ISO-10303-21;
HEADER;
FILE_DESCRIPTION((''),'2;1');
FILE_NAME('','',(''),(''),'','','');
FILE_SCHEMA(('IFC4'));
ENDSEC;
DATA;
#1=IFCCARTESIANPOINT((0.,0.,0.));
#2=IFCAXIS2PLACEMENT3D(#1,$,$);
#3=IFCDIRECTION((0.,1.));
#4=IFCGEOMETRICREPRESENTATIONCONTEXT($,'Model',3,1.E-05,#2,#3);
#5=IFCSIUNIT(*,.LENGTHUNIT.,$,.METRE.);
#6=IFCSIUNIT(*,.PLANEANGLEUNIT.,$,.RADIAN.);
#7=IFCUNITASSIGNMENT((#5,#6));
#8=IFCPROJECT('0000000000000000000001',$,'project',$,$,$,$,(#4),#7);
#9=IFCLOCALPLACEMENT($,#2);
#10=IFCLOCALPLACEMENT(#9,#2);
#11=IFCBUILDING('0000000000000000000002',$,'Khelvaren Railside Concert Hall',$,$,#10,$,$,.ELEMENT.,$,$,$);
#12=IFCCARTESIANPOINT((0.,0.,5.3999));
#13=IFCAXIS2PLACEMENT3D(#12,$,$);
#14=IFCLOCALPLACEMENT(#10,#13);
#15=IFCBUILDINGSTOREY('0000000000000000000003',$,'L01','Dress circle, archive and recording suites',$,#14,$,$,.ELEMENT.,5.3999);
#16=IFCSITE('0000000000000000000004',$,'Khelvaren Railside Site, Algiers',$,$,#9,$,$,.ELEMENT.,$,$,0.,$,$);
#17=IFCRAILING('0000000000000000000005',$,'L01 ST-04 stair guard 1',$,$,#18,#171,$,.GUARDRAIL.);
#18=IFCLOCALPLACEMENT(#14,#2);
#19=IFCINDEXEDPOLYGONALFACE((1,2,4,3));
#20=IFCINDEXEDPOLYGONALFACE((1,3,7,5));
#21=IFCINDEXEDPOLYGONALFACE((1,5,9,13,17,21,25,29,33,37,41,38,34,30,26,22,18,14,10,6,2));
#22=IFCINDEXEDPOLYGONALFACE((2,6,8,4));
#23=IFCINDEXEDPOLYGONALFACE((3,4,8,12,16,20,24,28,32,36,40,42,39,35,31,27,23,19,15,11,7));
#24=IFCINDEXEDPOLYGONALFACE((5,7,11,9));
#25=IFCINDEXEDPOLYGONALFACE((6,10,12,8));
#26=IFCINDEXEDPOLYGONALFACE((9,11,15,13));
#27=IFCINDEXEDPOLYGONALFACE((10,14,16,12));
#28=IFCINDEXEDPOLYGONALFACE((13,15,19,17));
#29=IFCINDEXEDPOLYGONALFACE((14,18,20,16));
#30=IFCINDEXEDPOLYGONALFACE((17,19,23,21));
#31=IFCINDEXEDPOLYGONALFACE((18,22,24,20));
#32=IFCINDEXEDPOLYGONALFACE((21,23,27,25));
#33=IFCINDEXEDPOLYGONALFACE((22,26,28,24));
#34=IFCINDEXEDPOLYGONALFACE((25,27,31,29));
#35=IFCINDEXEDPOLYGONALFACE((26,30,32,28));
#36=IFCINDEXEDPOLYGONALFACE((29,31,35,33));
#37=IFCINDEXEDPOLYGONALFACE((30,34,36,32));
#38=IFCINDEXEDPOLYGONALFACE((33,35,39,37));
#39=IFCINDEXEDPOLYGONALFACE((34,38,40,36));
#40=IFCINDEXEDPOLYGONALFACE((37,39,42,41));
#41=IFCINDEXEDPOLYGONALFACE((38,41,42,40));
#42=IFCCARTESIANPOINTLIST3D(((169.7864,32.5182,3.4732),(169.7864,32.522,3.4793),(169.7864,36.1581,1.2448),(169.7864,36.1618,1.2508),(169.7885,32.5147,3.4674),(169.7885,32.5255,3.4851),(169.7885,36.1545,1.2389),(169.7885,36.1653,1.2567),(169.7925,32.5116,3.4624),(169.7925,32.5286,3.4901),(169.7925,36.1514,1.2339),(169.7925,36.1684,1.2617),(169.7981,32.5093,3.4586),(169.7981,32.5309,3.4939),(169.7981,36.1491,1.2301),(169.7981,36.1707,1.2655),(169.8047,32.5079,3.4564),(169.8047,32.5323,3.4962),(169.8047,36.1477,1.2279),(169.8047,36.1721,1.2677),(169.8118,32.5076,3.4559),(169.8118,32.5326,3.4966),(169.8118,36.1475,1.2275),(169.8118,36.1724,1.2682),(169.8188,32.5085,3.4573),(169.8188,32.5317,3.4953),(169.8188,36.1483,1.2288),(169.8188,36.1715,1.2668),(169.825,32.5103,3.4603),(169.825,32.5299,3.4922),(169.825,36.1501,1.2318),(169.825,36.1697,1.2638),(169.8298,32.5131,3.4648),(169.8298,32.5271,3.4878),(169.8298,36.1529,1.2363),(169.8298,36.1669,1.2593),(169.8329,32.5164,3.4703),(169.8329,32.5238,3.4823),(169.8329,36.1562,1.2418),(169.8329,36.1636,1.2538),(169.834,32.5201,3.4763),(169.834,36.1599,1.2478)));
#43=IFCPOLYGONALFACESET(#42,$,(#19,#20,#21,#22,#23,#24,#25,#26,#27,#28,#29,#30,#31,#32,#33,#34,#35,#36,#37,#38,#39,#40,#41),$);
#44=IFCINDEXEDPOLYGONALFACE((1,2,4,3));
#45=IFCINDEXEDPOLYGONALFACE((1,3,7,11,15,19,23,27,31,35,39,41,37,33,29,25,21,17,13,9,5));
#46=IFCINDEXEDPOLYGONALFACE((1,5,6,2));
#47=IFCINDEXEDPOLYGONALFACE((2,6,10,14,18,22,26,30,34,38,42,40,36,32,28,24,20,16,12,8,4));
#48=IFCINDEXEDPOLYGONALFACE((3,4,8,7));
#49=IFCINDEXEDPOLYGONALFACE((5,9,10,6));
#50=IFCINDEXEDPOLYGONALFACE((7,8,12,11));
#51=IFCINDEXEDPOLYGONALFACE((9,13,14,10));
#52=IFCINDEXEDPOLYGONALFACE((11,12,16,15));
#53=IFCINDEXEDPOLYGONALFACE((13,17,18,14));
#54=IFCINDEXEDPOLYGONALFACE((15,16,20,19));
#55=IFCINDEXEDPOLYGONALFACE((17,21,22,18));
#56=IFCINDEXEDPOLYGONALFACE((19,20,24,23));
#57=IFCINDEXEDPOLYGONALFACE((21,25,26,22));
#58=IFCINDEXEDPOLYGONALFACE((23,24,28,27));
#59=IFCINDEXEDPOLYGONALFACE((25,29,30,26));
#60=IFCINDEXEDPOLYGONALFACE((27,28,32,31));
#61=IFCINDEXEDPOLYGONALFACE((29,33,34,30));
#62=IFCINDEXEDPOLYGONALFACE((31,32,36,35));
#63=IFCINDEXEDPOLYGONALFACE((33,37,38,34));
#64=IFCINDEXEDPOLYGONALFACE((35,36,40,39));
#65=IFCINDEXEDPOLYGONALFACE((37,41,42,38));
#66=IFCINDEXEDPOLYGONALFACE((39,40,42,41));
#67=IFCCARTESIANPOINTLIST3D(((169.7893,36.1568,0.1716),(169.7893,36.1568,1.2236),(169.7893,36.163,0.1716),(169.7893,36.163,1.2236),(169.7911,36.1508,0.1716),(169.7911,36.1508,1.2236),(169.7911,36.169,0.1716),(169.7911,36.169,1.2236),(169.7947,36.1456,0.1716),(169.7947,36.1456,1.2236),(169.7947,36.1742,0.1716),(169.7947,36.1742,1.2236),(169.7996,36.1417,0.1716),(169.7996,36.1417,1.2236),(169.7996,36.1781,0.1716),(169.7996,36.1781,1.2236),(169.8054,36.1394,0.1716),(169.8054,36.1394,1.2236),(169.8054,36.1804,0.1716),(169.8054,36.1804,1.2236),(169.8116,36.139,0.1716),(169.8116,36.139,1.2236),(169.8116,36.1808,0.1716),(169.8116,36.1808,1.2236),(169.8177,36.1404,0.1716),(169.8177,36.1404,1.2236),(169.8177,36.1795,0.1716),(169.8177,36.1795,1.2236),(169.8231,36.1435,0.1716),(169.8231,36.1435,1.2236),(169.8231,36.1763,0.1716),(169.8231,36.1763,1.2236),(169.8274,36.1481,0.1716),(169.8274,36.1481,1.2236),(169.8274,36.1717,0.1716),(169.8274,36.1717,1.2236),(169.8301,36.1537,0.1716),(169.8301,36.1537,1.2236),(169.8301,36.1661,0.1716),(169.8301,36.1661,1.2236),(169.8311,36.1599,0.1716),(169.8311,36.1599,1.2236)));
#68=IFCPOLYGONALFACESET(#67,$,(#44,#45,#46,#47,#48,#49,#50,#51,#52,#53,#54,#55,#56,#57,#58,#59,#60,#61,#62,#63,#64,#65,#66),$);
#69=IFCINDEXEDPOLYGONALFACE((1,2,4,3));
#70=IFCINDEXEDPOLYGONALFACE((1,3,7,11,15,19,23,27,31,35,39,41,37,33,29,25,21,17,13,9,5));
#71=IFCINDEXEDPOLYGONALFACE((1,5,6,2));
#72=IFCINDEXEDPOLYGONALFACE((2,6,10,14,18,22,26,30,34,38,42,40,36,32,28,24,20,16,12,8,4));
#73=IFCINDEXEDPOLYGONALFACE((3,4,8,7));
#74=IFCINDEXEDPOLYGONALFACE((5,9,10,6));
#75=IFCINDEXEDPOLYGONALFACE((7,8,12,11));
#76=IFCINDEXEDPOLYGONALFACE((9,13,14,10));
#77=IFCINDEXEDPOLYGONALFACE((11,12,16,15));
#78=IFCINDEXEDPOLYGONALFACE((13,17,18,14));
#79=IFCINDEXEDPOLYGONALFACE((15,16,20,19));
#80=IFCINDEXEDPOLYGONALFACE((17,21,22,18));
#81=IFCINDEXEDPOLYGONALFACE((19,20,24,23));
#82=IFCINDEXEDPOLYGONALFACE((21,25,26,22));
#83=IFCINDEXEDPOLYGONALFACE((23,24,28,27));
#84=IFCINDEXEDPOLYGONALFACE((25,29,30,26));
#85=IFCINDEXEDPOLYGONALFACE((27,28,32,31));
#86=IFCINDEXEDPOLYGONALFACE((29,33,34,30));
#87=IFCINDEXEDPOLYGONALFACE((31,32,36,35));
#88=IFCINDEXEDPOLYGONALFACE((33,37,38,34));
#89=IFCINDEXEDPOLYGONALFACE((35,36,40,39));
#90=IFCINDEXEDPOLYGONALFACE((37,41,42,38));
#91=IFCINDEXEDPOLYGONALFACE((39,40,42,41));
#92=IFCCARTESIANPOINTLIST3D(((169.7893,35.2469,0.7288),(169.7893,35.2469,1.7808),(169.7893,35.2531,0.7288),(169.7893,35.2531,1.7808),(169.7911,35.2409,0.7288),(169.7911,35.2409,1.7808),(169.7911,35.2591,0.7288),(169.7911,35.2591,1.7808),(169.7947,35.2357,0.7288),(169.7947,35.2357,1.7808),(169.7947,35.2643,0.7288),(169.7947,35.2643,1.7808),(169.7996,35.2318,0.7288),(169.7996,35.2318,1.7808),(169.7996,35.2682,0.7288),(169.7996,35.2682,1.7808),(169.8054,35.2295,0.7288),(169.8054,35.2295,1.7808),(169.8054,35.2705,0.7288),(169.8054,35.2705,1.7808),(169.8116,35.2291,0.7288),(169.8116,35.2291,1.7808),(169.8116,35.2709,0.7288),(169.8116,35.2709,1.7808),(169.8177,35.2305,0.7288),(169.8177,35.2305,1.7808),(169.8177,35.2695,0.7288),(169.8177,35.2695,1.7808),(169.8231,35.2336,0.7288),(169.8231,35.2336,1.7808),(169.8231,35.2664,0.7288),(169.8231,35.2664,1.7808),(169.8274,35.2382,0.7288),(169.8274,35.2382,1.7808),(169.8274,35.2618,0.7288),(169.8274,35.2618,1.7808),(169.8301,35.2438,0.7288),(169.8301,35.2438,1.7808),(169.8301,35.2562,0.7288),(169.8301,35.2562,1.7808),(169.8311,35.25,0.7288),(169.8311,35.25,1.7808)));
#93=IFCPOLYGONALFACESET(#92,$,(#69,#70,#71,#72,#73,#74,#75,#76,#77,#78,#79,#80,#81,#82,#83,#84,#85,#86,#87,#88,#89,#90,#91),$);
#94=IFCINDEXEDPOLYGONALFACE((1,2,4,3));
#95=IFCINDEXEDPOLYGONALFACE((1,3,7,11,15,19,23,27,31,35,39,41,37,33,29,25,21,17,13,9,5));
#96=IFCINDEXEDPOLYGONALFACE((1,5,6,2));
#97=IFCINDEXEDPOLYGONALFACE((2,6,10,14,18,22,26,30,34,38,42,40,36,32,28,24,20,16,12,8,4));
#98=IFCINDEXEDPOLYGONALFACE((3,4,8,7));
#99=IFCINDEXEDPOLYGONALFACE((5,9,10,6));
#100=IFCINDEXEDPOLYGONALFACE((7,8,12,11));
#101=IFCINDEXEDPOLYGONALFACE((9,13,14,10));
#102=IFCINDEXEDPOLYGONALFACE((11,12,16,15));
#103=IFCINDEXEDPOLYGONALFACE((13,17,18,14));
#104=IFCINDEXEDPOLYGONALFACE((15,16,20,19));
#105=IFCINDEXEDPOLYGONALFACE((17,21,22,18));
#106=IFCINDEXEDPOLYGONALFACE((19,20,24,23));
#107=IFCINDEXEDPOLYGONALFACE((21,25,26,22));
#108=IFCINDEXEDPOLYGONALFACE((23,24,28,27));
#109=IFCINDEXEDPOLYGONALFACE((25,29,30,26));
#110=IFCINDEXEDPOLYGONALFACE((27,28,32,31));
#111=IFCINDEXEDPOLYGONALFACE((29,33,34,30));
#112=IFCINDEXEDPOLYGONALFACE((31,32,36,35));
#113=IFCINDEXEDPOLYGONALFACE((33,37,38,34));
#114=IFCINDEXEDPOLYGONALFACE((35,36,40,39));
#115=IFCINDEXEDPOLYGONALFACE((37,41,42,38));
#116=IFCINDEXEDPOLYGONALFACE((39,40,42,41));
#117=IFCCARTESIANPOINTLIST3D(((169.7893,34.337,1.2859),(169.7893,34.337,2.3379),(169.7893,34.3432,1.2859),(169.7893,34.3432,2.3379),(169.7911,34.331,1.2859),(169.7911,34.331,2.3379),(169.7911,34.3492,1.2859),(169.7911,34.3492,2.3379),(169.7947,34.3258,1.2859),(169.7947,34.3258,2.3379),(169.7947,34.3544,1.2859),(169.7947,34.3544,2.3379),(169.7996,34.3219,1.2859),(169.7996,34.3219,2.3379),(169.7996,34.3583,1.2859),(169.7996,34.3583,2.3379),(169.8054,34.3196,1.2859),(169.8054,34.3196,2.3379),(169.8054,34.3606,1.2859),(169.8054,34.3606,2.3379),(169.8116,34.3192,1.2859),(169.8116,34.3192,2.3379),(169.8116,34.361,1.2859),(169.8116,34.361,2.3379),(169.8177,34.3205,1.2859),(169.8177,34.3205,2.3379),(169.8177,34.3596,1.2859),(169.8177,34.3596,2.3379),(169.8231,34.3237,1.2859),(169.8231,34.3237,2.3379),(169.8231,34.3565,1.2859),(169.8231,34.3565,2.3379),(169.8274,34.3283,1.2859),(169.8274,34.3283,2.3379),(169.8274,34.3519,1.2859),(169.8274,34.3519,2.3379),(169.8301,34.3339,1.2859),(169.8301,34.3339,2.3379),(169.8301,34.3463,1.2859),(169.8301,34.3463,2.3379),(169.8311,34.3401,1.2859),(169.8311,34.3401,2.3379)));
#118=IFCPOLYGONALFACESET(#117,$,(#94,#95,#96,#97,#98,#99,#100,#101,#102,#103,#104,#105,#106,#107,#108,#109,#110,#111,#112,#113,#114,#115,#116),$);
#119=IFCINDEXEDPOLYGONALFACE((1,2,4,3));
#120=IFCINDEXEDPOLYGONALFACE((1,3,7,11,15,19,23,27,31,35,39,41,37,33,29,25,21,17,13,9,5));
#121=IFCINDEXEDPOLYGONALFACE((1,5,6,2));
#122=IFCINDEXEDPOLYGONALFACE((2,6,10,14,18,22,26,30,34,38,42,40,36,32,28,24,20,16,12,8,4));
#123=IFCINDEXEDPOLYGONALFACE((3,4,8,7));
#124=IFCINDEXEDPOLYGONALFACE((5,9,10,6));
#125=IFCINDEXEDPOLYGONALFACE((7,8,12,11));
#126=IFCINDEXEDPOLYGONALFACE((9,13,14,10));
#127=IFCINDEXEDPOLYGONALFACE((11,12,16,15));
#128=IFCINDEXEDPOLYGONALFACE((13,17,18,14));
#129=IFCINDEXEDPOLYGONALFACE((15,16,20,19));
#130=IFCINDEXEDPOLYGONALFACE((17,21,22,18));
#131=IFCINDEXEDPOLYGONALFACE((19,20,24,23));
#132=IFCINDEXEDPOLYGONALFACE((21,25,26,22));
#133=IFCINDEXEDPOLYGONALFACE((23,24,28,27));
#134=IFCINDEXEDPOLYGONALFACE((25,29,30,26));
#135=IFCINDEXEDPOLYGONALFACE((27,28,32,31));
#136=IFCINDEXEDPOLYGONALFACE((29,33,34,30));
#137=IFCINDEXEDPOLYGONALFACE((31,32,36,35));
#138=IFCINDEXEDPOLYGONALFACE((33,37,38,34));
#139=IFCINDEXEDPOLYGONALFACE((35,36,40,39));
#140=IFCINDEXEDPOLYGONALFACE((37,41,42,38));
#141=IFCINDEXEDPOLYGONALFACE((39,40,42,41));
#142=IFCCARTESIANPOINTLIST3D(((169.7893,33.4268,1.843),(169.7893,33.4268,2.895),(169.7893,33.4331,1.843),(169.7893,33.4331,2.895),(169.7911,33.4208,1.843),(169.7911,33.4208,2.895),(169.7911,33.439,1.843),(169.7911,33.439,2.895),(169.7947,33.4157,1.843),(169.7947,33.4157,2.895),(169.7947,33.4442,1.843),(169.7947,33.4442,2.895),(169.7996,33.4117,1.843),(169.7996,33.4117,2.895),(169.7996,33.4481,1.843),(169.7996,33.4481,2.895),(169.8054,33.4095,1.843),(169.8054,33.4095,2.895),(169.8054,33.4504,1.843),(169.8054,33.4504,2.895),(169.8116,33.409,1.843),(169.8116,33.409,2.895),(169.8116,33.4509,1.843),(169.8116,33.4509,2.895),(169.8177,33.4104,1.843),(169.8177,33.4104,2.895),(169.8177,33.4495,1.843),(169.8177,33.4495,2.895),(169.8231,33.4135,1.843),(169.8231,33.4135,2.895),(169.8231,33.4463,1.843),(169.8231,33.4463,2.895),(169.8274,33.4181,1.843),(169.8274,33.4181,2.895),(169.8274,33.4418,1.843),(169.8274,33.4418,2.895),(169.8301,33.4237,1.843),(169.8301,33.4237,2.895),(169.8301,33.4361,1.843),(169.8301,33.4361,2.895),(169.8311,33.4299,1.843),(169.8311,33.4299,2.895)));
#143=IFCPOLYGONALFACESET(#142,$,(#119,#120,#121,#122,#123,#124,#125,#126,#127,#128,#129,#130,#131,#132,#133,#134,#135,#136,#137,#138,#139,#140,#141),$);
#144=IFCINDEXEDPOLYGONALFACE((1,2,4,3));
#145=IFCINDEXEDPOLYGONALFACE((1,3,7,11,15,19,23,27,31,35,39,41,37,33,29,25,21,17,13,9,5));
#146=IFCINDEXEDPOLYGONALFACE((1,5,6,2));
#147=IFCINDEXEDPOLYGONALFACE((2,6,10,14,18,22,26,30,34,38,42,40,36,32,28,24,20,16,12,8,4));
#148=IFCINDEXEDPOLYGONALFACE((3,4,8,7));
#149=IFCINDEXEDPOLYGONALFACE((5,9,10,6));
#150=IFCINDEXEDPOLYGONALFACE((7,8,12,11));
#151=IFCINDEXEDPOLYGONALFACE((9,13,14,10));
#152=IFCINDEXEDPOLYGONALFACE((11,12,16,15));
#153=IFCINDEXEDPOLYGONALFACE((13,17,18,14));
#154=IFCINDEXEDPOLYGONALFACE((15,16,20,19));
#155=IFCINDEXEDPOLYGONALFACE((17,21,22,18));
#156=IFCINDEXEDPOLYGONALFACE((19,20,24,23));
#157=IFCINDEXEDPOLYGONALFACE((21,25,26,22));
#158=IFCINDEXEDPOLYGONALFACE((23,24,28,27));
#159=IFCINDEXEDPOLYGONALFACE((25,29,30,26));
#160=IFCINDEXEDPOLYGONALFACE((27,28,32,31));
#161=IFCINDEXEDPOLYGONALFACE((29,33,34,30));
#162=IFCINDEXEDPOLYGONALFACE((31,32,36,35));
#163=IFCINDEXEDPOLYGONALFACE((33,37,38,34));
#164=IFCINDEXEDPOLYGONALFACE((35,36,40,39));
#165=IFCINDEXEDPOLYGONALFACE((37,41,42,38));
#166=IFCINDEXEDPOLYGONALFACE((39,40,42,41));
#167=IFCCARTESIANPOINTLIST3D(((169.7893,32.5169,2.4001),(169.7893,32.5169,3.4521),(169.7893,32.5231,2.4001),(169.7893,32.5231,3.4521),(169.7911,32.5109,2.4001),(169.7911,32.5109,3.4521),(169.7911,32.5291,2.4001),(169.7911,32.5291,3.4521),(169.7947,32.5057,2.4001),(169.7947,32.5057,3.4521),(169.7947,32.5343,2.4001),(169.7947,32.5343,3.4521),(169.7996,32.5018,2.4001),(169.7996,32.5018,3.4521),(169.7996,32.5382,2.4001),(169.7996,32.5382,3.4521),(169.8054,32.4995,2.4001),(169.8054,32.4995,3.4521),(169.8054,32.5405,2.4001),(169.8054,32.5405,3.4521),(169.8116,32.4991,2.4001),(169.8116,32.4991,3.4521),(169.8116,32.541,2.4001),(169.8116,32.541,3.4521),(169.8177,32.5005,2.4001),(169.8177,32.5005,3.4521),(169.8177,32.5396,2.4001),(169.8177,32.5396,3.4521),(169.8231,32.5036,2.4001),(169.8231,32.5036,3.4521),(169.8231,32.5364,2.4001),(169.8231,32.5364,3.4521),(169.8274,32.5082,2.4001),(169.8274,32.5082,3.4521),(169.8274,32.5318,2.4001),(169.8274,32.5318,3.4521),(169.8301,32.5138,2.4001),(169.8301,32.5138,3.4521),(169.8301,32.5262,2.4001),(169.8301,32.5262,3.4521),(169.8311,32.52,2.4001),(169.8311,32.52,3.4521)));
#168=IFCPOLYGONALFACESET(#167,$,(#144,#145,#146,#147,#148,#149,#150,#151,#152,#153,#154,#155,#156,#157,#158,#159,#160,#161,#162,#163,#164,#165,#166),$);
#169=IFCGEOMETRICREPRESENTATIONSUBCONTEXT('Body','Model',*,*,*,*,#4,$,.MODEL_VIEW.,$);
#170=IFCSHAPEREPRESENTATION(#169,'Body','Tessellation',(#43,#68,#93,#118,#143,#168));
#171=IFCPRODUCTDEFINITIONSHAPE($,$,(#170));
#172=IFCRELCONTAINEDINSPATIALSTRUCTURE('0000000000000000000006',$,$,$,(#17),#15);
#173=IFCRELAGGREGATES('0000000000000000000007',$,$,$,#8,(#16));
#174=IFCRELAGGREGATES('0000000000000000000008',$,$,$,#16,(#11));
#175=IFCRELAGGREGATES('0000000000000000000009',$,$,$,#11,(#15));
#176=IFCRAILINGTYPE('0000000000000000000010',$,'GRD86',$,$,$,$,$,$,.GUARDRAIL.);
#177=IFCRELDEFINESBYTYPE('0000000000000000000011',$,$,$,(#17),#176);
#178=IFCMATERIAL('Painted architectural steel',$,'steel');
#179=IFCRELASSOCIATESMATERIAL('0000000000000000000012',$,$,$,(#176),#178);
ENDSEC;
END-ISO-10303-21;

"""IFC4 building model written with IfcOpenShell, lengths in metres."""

from ifc_helpers import new_model, si_unit, direction, frame, origin, origin_2d, place, context, subcontext, project, spatial, circle, extrude, material, type_object, element, save


model = new_model("IFC4")

# Units and contexts
model_context = context("Model", 3, precision=1e-05, world=origin(), true_north=direction((0.0, 1.0)))
body_context = subcontext(model_context, "Body", "Model", "MODEL_VIEW")
ifc_project = project(units=[si_unit("LENGTHUNIT", "METRE"), si_unit("PLANEANGLEUNIT", "RADIAN")], contexts=[model_context])

# Site, building, storey
site_placement = place(None, origin())
site = spatial("IfcSite", under=ifc_project, at=site_placement, Name="Khelvaren Railside Site, Algiers", CompositionType="ELEMENT", RefElevation=0.0)
building_placement = place(site_placement, origin())
building = spatial("IfcBuilding", under=site, at=building_placement, Name="Khelvaren Railside Concert Hall", CompositionType="ELEMENT")
storey_placement = place(building_placement, frame((0.0, 0.0, 5.3999)))
storey = spatial("IfcBuildingStorey", under=building, at=storey_placement, Name="L01", Description="Dress circle, archive and recording suites", CompositionType="ELEMENT", Elevation=5.3999)

# Railing
ifc_material_1 = material(Name="Painted architectural steel", Category="steel")
railing_type_1 = type_object("IfcRailingType", Name="GRD86", PredefinedType="GUARDRAIL", material=ifc_material_1)
railing_1_placement = place(storey_placement, frame((169.8101, 36.1599, 0.1716)))
element("IfcRailing", 1, at=railing_1_placement, inside=storey, type_object=railing_type_1, Name="L01 ST-04 stair guard 1", PredefinedType="GUARDRAIL", context=body_context, shape_type="SweptSolid", body=[
    extrude(circle(Radius=0.0239, at=origin_2d()), frame((0.0, 0.0, 1.0762), z_axis=(0.0, -0.85285, 0.522156), x_axis=(1.0, 0.0, 0.0)), (0.0, 0.0, 1.0), 4.2678),
    extrude(circle(Radius=0.021, at=origin_2d()), origin(), (0.0, 0.0, 1.0), 1.052),
    extrude(circle(Radius=0.021, at=origin_2d()), frame((0.0, -0.9099, 0.5571)), (0.0, 0.0, 1.0), 1.052),
    extrude(circle(Radius=0.021, at=origin_2d()), frame((0.0, -1.8198, 1.1143)), (0.0, 0.0, 1.0), 1.052),
    extrude(circle(Radius=0.021, at=origin_2d()), frame((0.0, -2.73, 1.6714)), (0.0, 0.0, 1.0), 1.052),
    extrude(circle(Radius=0.021, at=origin_2d()), frame((0.0, -3.6399, 2.2285)), (0.0, 0.0, 1.0), 1.052),
])

save(model, "model.ifc")
